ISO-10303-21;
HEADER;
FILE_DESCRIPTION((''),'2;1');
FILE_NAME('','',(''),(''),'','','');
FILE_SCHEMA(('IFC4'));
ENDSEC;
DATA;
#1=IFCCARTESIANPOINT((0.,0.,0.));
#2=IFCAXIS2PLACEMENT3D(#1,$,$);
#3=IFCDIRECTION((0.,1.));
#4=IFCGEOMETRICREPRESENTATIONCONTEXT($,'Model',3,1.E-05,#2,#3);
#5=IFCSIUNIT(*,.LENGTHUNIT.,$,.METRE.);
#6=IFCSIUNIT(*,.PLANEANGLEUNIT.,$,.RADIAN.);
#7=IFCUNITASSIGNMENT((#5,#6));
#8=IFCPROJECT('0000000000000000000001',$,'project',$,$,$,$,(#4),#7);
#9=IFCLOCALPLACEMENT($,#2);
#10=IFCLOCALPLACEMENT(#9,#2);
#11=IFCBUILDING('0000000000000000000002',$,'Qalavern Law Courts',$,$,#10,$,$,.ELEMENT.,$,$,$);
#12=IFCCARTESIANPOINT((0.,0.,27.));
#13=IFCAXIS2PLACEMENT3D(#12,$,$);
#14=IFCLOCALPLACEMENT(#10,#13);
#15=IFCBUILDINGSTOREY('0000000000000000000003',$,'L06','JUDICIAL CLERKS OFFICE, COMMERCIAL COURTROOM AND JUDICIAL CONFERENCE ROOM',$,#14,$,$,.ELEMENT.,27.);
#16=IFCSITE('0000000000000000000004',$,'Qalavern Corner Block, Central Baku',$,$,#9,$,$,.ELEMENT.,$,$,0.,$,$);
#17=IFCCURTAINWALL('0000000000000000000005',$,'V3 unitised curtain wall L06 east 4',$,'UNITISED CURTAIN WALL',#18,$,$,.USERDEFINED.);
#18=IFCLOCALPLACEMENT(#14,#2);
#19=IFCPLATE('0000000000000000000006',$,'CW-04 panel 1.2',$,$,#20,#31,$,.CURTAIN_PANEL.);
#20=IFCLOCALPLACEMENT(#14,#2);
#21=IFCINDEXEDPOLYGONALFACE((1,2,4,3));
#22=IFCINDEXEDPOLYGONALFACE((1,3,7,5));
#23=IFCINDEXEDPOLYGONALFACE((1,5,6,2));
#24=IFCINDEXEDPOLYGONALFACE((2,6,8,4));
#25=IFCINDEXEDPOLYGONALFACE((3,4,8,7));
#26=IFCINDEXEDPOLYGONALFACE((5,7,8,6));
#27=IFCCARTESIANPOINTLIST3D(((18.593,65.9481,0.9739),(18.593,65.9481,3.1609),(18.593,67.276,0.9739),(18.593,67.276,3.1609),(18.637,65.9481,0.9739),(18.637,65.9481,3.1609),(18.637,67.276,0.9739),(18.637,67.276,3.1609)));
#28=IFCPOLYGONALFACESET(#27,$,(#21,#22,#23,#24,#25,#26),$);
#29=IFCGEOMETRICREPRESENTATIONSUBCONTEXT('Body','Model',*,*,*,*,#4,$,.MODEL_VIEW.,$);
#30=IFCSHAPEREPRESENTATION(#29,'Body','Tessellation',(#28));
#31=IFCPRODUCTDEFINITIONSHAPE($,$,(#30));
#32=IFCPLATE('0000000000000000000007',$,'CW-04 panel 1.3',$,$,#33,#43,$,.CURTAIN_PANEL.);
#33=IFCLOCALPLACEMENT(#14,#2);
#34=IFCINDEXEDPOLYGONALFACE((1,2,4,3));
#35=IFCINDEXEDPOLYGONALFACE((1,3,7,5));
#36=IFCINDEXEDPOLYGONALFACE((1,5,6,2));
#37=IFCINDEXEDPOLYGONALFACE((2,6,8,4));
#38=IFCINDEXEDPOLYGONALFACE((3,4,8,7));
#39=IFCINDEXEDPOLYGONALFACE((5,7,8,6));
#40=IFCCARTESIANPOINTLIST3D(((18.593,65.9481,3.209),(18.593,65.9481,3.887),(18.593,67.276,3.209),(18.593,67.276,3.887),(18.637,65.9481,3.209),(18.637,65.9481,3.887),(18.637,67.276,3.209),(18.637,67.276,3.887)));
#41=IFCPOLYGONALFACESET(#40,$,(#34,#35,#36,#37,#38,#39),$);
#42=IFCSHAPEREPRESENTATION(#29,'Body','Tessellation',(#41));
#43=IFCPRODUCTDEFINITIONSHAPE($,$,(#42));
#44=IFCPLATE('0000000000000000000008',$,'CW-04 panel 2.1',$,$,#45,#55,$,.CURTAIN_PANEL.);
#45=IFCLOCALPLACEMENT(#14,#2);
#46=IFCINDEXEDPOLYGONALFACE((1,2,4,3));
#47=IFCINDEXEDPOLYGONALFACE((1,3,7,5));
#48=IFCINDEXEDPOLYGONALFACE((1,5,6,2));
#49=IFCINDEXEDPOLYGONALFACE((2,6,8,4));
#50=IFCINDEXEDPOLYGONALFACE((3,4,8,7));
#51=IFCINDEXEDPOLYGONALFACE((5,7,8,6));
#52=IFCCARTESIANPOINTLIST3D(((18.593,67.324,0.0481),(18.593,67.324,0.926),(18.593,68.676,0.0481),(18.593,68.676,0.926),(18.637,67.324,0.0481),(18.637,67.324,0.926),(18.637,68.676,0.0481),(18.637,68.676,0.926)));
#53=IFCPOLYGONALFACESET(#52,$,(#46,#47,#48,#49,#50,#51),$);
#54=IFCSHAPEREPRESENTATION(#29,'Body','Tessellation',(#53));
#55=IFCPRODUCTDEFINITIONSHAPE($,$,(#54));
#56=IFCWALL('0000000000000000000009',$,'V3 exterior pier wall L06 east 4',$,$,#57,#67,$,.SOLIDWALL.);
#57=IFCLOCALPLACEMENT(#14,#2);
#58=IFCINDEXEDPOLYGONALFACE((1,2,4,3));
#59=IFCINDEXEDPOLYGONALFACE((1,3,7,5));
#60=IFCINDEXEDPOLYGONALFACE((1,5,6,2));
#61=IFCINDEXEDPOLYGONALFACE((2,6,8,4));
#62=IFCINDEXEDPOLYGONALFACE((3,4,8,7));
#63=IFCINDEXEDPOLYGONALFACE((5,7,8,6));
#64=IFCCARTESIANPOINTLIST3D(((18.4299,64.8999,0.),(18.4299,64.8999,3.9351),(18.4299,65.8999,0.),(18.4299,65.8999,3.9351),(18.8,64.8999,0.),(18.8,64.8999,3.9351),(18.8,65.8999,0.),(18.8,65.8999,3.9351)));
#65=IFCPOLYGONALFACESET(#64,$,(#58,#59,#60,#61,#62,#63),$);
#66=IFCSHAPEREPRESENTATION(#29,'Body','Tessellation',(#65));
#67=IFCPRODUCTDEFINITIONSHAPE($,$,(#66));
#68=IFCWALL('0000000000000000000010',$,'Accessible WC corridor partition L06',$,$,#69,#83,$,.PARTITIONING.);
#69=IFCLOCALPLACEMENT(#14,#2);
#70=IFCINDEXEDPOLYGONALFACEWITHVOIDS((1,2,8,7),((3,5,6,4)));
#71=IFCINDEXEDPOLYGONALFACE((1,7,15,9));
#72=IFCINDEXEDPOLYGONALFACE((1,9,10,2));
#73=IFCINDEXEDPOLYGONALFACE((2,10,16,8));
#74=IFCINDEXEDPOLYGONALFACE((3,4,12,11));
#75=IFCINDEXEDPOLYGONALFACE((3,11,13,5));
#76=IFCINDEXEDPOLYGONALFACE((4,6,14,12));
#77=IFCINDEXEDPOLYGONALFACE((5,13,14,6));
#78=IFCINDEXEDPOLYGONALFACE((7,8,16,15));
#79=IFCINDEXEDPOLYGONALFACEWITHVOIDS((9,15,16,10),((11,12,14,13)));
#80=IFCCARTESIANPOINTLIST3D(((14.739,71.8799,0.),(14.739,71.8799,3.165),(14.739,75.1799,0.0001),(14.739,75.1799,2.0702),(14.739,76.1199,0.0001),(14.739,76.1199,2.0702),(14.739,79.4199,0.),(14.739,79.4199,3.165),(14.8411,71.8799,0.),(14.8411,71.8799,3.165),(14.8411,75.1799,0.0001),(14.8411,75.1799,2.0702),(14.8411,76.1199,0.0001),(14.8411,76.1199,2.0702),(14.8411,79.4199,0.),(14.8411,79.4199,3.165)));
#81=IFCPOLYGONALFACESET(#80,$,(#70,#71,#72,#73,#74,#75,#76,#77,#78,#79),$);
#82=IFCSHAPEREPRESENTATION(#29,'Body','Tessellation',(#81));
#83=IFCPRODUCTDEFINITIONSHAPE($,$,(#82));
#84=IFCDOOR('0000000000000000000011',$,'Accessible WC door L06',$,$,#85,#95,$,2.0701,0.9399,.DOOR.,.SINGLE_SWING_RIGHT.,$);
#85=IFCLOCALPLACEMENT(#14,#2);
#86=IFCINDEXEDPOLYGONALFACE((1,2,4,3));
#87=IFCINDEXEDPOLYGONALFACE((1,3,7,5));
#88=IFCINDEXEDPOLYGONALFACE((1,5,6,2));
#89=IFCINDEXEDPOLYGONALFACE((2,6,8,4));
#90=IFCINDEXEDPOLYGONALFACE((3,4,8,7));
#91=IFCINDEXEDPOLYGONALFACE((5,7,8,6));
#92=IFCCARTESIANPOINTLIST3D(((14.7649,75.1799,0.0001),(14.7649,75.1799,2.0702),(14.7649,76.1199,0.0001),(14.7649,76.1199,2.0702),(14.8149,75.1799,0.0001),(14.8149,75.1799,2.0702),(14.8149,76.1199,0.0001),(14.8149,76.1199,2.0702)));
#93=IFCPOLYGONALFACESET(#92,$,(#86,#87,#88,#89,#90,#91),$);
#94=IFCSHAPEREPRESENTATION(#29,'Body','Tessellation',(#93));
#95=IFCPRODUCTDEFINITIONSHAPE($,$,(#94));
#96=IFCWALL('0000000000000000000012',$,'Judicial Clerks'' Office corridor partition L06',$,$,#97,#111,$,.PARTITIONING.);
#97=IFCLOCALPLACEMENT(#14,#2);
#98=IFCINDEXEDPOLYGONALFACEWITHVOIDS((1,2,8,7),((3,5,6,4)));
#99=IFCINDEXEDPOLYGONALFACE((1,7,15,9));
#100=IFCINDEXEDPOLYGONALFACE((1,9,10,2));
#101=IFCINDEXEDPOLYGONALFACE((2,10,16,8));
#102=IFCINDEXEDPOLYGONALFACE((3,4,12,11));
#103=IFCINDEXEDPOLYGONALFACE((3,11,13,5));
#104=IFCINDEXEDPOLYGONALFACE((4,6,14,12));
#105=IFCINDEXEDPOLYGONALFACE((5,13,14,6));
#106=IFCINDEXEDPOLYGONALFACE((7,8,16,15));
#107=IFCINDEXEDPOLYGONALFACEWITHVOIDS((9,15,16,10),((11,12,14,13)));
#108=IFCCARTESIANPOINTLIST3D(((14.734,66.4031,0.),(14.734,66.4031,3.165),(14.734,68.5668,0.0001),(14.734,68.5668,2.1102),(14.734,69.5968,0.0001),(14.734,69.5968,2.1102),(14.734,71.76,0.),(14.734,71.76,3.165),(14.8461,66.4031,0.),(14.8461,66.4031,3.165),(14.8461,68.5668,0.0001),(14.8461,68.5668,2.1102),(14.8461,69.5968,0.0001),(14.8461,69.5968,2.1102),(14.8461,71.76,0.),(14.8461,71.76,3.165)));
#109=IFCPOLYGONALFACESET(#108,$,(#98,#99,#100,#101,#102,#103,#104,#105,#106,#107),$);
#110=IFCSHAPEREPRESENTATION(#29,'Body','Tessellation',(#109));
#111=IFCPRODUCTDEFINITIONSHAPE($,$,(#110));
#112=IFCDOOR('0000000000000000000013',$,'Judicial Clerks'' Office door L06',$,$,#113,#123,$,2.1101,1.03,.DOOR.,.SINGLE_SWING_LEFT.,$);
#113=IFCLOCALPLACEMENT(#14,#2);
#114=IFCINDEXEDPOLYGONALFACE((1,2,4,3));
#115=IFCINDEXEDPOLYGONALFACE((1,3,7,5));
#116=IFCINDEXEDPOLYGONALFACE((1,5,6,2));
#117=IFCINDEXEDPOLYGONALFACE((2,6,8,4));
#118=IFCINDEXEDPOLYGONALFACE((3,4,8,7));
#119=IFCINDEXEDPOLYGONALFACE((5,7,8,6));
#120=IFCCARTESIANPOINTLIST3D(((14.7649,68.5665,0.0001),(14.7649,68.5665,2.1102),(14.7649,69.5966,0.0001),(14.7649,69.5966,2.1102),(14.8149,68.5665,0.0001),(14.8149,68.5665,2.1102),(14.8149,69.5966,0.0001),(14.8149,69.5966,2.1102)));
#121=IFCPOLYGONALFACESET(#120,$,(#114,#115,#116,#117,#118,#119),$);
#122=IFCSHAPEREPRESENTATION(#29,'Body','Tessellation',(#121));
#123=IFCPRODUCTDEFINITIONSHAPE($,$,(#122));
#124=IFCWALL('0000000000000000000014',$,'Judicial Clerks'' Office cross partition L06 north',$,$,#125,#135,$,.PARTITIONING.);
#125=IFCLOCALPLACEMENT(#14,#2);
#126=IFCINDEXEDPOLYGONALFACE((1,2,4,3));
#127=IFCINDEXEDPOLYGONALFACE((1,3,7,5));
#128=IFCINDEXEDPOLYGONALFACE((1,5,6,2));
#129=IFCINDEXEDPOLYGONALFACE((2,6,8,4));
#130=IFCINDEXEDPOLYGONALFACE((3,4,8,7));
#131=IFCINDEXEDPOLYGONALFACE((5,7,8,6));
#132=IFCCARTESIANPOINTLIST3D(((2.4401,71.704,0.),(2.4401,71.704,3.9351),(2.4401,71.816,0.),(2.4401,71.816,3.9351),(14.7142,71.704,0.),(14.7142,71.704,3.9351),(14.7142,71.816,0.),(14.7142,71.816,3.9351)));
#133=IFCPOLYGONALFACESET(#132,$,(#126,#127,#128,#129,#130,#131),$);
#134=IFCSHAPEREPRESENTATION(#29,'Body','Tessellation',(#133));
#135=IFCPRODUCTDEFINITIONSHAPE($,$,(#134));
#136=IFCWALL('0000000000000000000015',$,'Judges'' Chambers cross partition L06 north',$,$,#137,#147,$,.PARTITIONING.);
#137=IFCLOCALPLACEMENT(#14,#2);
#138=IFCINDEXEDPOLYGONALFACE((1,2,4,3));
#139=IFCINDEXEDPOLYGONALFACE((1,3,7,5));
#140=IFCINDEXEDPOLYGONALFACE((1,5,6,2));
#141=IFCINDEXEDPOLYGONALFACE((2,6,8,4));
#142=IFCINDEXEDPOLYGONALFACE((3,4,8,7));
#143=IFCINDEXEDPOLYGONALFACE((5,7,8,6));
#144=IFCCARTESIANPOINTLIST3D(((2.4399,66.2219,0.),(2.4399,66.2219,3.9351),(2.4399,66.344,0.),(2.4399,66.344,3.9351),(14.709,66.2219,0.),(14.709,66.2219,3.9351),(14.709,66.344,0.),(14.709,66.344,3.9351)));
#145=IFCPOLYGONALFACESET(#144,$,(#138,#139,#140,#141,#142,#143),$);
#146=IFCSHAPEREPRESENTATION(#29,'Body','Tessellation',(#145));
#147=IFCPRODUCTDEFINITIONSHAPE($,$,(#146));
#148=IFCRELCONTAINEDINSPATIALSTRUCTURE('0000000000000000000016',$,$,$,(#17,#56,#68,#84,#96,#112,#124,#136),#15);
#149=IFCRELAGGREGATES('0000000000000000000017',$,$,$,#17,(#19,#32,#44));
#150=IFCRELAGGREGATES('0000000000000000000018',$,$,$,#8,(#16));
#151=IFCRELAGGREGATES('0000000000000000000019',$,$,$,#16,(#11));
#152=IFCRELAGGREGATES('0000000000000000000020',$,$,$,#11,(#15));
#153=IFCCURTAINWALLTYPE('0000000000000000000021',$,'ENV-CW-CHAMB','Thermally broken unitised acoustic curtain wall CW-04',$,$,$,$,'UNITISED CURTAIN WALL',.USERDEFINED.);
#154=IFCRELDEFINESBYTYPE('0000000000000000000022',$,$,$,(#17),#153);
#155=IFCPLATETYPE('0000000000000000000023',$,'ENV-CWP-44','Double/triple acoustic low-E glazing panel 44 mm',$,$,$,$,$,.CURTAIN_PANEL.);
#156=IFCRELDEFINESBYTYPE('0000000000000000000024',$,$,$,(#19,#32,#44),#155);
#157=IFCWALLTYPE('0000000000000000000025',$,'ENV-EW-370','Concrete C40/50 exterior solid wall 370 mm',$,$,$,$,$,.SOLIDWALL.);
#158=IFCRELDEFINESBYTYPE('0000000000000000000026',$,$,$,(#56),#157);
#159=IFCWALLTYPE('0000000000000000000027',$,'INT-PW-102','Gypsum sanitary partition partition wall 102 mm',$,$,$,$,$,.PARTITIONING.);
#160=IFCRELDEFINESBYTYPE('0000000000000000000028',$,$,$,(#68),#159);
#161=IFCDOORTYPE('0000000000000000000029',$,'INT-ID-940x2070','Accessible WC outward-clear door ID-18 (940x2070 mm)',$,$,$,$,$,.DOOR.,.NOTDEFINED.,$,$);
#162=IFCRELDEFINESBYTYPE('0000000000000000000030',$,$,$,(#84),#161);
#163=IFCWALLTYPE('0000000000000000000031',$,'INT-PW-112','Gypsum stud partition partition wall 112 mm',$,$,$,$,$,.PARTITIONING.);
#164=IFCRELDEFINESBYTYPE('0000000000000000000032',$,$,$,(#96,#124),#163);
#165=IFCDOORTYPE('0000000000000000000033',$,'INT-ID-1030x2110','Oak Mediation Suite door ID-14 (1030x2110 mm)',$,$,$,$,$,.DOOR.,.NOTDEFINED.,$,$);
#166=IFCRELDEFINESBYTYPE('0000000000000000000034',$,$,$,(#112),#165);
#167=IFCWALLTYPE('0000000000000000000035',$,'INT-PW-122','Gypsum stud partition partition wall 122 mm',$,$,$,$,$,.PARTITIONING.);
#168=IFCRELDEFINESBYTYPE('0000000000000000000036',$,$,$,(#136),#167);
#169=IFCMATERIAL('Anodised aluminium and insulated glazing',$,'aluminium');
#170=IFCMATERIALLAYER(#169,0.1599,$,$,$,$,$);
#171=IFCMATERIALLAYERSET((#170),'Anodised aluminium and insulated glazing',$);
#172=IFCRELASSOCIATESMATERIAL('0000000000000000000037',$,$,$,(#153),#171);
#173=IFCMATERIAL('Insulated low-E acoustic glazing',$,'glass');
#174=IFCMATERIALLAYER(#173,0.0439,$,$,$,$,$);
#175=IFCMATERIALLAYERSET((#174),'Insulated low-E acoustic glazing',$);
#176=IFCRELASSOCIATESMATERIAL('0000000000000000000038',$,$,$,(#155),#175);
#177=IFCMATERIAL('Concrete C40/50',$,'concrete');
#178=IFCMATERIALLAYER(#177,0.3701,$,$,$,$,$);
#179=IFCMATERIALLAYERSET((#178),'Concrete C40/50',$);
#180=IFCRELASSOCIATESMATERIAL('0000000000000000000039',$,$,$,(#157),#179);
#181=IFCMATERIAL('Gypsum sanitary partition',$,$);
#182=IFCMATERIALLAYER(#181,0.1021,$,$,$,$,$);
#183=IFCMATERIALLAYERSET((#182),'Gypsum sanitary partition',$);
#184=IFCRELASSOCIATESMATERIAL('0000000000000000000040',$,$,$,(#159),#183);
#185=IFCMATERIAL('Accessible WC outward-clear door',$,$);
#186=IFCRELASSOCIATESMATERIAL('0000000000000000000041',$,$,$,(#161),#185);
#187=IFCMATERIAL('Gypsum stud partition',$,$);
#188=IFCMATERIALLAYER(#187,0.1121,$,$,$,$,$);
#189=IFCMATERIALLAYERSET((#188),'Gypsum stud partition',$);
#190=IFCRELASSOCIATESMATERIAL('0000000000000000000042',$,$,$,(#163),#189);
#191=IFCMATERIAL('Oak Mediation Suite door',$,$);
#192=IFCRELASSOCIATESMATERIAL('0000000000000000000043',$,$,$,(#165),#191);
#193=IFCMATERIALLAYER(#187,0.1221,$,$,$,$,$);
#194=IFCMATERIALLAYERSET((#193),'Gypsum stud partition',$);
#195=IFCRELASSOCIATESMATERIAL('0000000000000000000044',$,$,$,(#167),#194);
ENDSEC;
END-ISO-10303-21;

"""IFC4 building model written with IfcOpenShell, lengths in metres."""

from ifc_helpers import new_model, si_unit, direction, frame, frame_2d, origin, origin_2d, place, context, subcontext, project, spatial, rectangle, extrude, material, layer, layer_set, type_object, element, fill, aggregate, save


model = new_model("IFC4")

# Units and contexts
model_context = context("Model", 3, precision=1e-05, world=origin(), true_north=direction((0.0, 1.0)))
body_context = subcontext(model_context, "Body", "Model", "MODEL_VIEW")
ifc_project = project(units=[si_unit("LENGTHUNIT", "METRE"), si_unit("PLANEANGLEUNIT", "RADIAN")], contexts=[model_context])

# Site, building, storey
site_placement = place(None, origin())
site = spatial("IfcSite", under=ifc_project, at=site_placement, Name="Qalavern Corner Block, Central Baku", CompositionType="ELEMENT", RefElevation=0.0)
building_placement = place(site_placement, origin())
building = spatial("IfcBuilding", under=site, at=building_placement, Name="Qalavern Law Courts", CompositionType="ELEMENT")
storey_placement = place(building_placement, frame((0.0, 0.0, 27.0)))
storey = spatial("IfcBuildingStorey", under=building, at=storey_placement, Name="L06", Description="JUDICIAL CLERKS OFFICE, COMMERCIAL COURTROOM AND JUDICIAL CONFERENCE ROOM", CompositionType="ELEMENT", Elevation=27.0)

# Shared definitions
ifc_material_1 = material(Name="Anodised aluminium and insulated glazing", Category="aluminium")
ifc_layer_1 = layer(ifc_material_1, 0.1599)
ifc_layer_set_1 = layer_set([ifc_layer_1], Name="Anodised aluminium and insulated glazing")
curtain_wall_type = type_object("IfcCurtainWallType", Name="ENV-CW-CHAMB", Description="Thermally broken unitised acoustic curtain wall CW-04", ElementType="UNITISED CURTAIN WALL", PredefinedType="USERDEFINED", material=ifc_layer_set_1)

# Curtain wall
curtain_wall_1_placement = place(storey_placement, origin())
curtain_wall_1 = element("IfcCurtainWall", 1, at=curtain_wall_1_placement, inside=storey, type_object=curtain_wall_type, Name="V3 unitised curtain wall L06 east 4", ObjectType="UNITISED CURTAIN WALL", PredefinedType="USERDEFINED")

# Shared definitions
ifc_material_2 = material(Name="Concrete C40/50", Category="concrete")

# Plates
ifc_material_3 = material(Name="Insulated low-E acoustic glazing", Category="glass")
ifc_layer_2 = layer(ifc_material_3, 0.0439)
ifc_layer_set_2 = layer_set([ifc_layer_2], Name="Insulated low-E acoustic glazing")
plate_type_1 = type_object("IfcPlateType", Name="ENV-CWP-44", Description="Double/triple acoustic low-E glazing panel 44 mm", PredefinedType="CURTAIN_PANEL", material=ifc_layer_set_2)
plate_1_placement = place(storey_placement, frame((18.615, 66.6121, 0.9739), z_axis=(0.0, 0.0, 1.0), x_axis=(0.0, 1.0, 0.0)))
plate_1 = element("IfcPlate", 2, at=plate_1_placement, type_object=plate_type_1, Name="CW-04 panel 1.2", PredefinedType="CURTAIN_PANEL", context=body_context, shape_type="SweptSolid", body=[
    extrude(rectangle(XDim=1.3279, YDim=0.0439, at=origin_2d()), origin(), (0.0, 0.0, 1.0), 2.187),
])
plate_2_placement = place(storey_placement, frame((18.615, 66.6121, 3.209), z_axis=(0.0, 0.0, 1.0), x_axis=(0.0, 1.0, 0.0)))
plate_2 = element("IfcPlate", 3, at=plate_2_placement, type_object=plate_type_1, Name="CW-04 panel 1.3", PredefinedType="CURTAIN_PANEL", context=body_context, shape_type="SweptSolid", body=[
    extrude(rectangle(XDim=1.3279, YDim=0.0439, at=origin_2d()), origin(), (0.0, 0.0, 1.0), 0.678),
])
plate_3_placement = place(storey_placement, frame((18.615, 68.0, 0.0481), z_axis=(0.0, 0.0, 1.0), x_axis=(0.0, 1.0, 0.0)))
plate_3 = element("IfcPlate", 4, at=plate_3_placement, type_object=plate_type_1, Name="CW-04 panel 2.1", PredefinedType="CURTAIN_PANEL", context=body_context, shape_type="SweptSolid", body=[
    extrude(rectangle(XDim=1.3521, YDim=0.0439, at=origin_2d()), origin(), (0.0, 0.0, 1.0), 0.8779),
])
aggregate(curtain_wall_1, [plate_1, plate_2, plate_3])

# Wall
ifc_layer_3 = layer(ifc_material_2, 0.3701)
ifc_layer_set_3 = layer_set([ifc_layer_3], Name="Concrete C40/50")
wall_type_1 = type_object("IfcWallType", Name="ENV-EW-370", Description="Concrete C40/50 exterior solid wall 370 mm", PredefinedType="SOLIDWALL", material=ifc_layer_set_3)
wall_1_placement = place(storey_placement, frame((18.615, 64.8999, 0.0), z_axis=(0.0, 0.0, 1.0), x_axis=(0.0, 1.0, 0.0)))
element("IfcWall", 5, at=wall_1_placement, inside=storey, type_object=wall_type_1, Name="V3 exterior pier wall L06 east 4", PredefinedType="SOLIDWALL", context=body_context, shape_type="SweptSolid", body=[
    extrude(rectangle(XDim=1.0, YDim=0.3701, at=frame_2d((0.5, 0.0))), origin(), (0.0, 0.0, 1.0), 3.9351),
])

# Walls, openings, doors
ifc_material_4 = material(Name="Gypsum sanitary partition")
ifc_layer_4 = layer(ifc_material_4, 0.1021)
ifc_layer_set_4 = layer_set([ifc_layer_4], Name="Gypsum sanitary partition")
wall_type_2 = type_object("IfcWallType", Name="INT-PW-102", Description="Gypsum sanitary partition partition wall 102 mm", PredefinedType="PARTITIONING", material=ifc_layer_set_4)
wall_2_placement = place(storey_placement, frame((14.79, 71.8799, 0.0), z_axis=(0.0, 0.0, 1.0), x_axis=(0.0, 1.0, 0.0)))
wall_2 = element("IfcWall", 6, at=wall_2_placement, inside=storey, type_object=wall_type_2, Name="Accessible WC corridor partition L06", PredefinedType="PARTITIONING", context=body_context, shape_type="SweptSolid", body=[
    extrude(rectangle(XDim=7.54, YDim=0.1021, at=frame_2d((3.77, 0.0))), origin(), (0.0, 0.0, 1.0), 3.165),
])
opening_1_placement = place(wall_2_placement, frame((3.3, 0.0, 0.0)))
opening_1 = element("IfcOpeningElement", 7, at=opening_1_placement, cuts=wall_2, PredefinedType="OPENING", context=body_context, shape_type="SweptSolid", body=[
    extrude(rectangle(XDim=0.9399, YDim=2.0701, at=frame_2d((0.47, 1.0352))), frame((0.0, 0.0659, 0.0), z_axis=(0.0, -1.0, 0.0), x_axis=(1.0, 0.0, 0.0)), (0.0, 0.0, 1.0), 0.1318),
])
ifc_material_5 = material(Name="Accessible WC outward-clear door")
door_type_1 = type_object("IfcDoorType", Name="INT-ID-940x2070", Description="Accessible WC outward-clear door ID-18 (940x2070 mm)", OperationType="NOTDEFINED", PredefinedType="DOOR", material=ifc_material_5)
door_1_placement = place(opening_1_placement, frame((0.9399, 0.0, 0.0), z_axis=(0.0, 0.0, 1.0), x_axis=(-1.0, 0.0, 0.0)))
door_1 = element("IfcDoor", 8, at=door_1_placement, inside=storey, type_object=door_type_1, Name="Accessible WC door L06", OperationType="SINGLE_SWING_RIGHT", OverallHeight=2.0701, OverallWidth=0.9399, PredefinedType="DOOR", context=body_context, shape_type="SweptSolid", body=[
    extrude(rectangle(XDim=0.9399, YDim=2.0701, at=frame_2d((0.47, 1.0352))), frame((0.0, 0.0249, 0.0), z_axis=(0.0, -1.0, 0.0), x_axis=(1.0, 0.0, 0.0)), (0.0, 0.0, 1.0), 0.05),
])
fill(opening_1, door_1)
ifc_material_6 = material(Name="Gypsum stud partition")
ifc_layer_5 = layer(ifc_material_6, 0.1121)
ifc_layer_set_5 = layer_set([ifc_layer_5], Name="Gypsum stud partition")
wall_type_3 = type_object("IfcWallType", Name="INT-PW-112", Description="Gypsum stud partition partition wall 112 mm", PredefinedType="PARTITIONING", material=ifc_layer_set_5)
wall_3_placement = place(storey_placement, frame((14.79, 66.4031, 0.0), z_axis=(0.0, 0.0, 1.0), x_axis=(0.0, 1.0, 0.0)))
wall_3 = element("IfcWall", 9, at=wall_3_placement, inside=storey, type_object=wall_type_3, Name="Judicial Clerks' Office corridor partition L06", PredefinedType="PARTITIONING", context=body_context, shape_type="SweptSolid", body=[
    extrude(rectangle(XDim=5.3569, YDim=0.1121, at=frame_2d((2.6785, 0.0))), origin(), (0.0, 0.0, 1.0), 3.165),
])
opening_2_placement = place(wall_3_placement, frame((2.1636, 0.0, 0.0)))
opening_2 = element("IfcOpeningElement", 10, at=opening_2_placement, cuts=wall_3, PredefinedType="OPENING", context=body_context, shape_type="SweptSolid", body=[
    extrude(rectangle(XDim=1.03, YDim=2.1101, at=frame_2d((0.5151, 1.0552))), frame((0.0, 0.0708, 0.0), z_axis=(0.0, -1.0, 0.0), x_axis=(1.0, 0.0, 0.0)), (0.0, 0.0, 1.0), 0.1418),
])
ifc_material_7 = material(Name="Oak Mediation Suite door")
door_type_2 = type_object("IfcDoorType", Name="INT-ID-1030x2110", Description="Oak Mediation Suite door ID-14 (1030x2110 mm)", OperationType="NOTDEFINED", PredefinedType="DOOR", material=ifc_material_7)
door_2_placement = place(opening_2_placement, frame((1.03, 0.0, 0.0), z_axis=(0.0, 0.0, 1.0), x_axis=(-1.0, 0.0, 0.0)))
door_2 = element("IfcDoor", 11, at=door_2_placement, inside=storey, type_object=door_type_2, Name="Judicial Clerks' Office door L06", OperationType="SINGLE_SWING_LEFT", OverallHeight=2.1101, OverallWidth=1.03, PredefinedType="DOOR", context=body_context, shape_type="SweptSolid", body=[
    extrude(rectangle(XDim=1.03, YDim=2.1101, at=frame_2d((0.5151, 1.0552))), frame((0.0, 0.0249, 0.0), z_axis=(0.0, -1.0, 0.0), x_axis=(1.0, 0.0, 0.0)), (0.0, 0.0, 1.0), 0.05),
])
fill(opening_2, door_2)

# Walls
wall_4_placement = place(storey_placement, frame((2.4399, 71.76, 0.0), z_axis=(0.0, 0.0, 1.0), x_axis=(1.0, 0.0, 0.0)))
element("IfcWall", 12, at=wall_4_placement, inside=storey, type_object=wall_type_3, Name="Judicial Clerks' Office cross partition L06 north", PredefinedType="PARTITIONING", context=body_context, shape_type="SweptSolid", body=[
    extrude(rectangle(XDim=12.2742, YDim=0.1121, at=frame_2d((6.1372, 0.0))), origin(), (0.0, 0.0, 1.0), 3.9351),
])
ifc_layer_6 = layer(ifc_material_6, 0.1221)
ifc_layer_set_6 = layer_set([ifc_layer_6], Name="Gypsum stud partition")
wall_type_4 = type_object("IfcWallType", Name="INT-PW-122", Description="Gypsum stud partition partition wall 122 mm", PredefinedType="PARTITIONING", material=ifc_layer_set_6)
wall_5_placement = place(storey_placement, frame((2.4399, 66.283, 0.0), z_axis=(0.0, 0.0, 1.0), x_axis=(1.0, 0.0, 0.0)))
element("IfcWall", 13, at=wall_5_placement, inside=storey, type_object=wall_type_4, Name="Judges' Chambers cross partition L06 north", PredefinedType="PARTITIONING", context=body_context, shape_type="SweptSolid", body=[
    extrude(rectangle(XDim=12.269, YDim=0.1221, at=frame_2d((6.1345, 0.0))), origin(), (0.0, 0.0, 1.0), 3.9351),
])

save(model, "model.ifc")
